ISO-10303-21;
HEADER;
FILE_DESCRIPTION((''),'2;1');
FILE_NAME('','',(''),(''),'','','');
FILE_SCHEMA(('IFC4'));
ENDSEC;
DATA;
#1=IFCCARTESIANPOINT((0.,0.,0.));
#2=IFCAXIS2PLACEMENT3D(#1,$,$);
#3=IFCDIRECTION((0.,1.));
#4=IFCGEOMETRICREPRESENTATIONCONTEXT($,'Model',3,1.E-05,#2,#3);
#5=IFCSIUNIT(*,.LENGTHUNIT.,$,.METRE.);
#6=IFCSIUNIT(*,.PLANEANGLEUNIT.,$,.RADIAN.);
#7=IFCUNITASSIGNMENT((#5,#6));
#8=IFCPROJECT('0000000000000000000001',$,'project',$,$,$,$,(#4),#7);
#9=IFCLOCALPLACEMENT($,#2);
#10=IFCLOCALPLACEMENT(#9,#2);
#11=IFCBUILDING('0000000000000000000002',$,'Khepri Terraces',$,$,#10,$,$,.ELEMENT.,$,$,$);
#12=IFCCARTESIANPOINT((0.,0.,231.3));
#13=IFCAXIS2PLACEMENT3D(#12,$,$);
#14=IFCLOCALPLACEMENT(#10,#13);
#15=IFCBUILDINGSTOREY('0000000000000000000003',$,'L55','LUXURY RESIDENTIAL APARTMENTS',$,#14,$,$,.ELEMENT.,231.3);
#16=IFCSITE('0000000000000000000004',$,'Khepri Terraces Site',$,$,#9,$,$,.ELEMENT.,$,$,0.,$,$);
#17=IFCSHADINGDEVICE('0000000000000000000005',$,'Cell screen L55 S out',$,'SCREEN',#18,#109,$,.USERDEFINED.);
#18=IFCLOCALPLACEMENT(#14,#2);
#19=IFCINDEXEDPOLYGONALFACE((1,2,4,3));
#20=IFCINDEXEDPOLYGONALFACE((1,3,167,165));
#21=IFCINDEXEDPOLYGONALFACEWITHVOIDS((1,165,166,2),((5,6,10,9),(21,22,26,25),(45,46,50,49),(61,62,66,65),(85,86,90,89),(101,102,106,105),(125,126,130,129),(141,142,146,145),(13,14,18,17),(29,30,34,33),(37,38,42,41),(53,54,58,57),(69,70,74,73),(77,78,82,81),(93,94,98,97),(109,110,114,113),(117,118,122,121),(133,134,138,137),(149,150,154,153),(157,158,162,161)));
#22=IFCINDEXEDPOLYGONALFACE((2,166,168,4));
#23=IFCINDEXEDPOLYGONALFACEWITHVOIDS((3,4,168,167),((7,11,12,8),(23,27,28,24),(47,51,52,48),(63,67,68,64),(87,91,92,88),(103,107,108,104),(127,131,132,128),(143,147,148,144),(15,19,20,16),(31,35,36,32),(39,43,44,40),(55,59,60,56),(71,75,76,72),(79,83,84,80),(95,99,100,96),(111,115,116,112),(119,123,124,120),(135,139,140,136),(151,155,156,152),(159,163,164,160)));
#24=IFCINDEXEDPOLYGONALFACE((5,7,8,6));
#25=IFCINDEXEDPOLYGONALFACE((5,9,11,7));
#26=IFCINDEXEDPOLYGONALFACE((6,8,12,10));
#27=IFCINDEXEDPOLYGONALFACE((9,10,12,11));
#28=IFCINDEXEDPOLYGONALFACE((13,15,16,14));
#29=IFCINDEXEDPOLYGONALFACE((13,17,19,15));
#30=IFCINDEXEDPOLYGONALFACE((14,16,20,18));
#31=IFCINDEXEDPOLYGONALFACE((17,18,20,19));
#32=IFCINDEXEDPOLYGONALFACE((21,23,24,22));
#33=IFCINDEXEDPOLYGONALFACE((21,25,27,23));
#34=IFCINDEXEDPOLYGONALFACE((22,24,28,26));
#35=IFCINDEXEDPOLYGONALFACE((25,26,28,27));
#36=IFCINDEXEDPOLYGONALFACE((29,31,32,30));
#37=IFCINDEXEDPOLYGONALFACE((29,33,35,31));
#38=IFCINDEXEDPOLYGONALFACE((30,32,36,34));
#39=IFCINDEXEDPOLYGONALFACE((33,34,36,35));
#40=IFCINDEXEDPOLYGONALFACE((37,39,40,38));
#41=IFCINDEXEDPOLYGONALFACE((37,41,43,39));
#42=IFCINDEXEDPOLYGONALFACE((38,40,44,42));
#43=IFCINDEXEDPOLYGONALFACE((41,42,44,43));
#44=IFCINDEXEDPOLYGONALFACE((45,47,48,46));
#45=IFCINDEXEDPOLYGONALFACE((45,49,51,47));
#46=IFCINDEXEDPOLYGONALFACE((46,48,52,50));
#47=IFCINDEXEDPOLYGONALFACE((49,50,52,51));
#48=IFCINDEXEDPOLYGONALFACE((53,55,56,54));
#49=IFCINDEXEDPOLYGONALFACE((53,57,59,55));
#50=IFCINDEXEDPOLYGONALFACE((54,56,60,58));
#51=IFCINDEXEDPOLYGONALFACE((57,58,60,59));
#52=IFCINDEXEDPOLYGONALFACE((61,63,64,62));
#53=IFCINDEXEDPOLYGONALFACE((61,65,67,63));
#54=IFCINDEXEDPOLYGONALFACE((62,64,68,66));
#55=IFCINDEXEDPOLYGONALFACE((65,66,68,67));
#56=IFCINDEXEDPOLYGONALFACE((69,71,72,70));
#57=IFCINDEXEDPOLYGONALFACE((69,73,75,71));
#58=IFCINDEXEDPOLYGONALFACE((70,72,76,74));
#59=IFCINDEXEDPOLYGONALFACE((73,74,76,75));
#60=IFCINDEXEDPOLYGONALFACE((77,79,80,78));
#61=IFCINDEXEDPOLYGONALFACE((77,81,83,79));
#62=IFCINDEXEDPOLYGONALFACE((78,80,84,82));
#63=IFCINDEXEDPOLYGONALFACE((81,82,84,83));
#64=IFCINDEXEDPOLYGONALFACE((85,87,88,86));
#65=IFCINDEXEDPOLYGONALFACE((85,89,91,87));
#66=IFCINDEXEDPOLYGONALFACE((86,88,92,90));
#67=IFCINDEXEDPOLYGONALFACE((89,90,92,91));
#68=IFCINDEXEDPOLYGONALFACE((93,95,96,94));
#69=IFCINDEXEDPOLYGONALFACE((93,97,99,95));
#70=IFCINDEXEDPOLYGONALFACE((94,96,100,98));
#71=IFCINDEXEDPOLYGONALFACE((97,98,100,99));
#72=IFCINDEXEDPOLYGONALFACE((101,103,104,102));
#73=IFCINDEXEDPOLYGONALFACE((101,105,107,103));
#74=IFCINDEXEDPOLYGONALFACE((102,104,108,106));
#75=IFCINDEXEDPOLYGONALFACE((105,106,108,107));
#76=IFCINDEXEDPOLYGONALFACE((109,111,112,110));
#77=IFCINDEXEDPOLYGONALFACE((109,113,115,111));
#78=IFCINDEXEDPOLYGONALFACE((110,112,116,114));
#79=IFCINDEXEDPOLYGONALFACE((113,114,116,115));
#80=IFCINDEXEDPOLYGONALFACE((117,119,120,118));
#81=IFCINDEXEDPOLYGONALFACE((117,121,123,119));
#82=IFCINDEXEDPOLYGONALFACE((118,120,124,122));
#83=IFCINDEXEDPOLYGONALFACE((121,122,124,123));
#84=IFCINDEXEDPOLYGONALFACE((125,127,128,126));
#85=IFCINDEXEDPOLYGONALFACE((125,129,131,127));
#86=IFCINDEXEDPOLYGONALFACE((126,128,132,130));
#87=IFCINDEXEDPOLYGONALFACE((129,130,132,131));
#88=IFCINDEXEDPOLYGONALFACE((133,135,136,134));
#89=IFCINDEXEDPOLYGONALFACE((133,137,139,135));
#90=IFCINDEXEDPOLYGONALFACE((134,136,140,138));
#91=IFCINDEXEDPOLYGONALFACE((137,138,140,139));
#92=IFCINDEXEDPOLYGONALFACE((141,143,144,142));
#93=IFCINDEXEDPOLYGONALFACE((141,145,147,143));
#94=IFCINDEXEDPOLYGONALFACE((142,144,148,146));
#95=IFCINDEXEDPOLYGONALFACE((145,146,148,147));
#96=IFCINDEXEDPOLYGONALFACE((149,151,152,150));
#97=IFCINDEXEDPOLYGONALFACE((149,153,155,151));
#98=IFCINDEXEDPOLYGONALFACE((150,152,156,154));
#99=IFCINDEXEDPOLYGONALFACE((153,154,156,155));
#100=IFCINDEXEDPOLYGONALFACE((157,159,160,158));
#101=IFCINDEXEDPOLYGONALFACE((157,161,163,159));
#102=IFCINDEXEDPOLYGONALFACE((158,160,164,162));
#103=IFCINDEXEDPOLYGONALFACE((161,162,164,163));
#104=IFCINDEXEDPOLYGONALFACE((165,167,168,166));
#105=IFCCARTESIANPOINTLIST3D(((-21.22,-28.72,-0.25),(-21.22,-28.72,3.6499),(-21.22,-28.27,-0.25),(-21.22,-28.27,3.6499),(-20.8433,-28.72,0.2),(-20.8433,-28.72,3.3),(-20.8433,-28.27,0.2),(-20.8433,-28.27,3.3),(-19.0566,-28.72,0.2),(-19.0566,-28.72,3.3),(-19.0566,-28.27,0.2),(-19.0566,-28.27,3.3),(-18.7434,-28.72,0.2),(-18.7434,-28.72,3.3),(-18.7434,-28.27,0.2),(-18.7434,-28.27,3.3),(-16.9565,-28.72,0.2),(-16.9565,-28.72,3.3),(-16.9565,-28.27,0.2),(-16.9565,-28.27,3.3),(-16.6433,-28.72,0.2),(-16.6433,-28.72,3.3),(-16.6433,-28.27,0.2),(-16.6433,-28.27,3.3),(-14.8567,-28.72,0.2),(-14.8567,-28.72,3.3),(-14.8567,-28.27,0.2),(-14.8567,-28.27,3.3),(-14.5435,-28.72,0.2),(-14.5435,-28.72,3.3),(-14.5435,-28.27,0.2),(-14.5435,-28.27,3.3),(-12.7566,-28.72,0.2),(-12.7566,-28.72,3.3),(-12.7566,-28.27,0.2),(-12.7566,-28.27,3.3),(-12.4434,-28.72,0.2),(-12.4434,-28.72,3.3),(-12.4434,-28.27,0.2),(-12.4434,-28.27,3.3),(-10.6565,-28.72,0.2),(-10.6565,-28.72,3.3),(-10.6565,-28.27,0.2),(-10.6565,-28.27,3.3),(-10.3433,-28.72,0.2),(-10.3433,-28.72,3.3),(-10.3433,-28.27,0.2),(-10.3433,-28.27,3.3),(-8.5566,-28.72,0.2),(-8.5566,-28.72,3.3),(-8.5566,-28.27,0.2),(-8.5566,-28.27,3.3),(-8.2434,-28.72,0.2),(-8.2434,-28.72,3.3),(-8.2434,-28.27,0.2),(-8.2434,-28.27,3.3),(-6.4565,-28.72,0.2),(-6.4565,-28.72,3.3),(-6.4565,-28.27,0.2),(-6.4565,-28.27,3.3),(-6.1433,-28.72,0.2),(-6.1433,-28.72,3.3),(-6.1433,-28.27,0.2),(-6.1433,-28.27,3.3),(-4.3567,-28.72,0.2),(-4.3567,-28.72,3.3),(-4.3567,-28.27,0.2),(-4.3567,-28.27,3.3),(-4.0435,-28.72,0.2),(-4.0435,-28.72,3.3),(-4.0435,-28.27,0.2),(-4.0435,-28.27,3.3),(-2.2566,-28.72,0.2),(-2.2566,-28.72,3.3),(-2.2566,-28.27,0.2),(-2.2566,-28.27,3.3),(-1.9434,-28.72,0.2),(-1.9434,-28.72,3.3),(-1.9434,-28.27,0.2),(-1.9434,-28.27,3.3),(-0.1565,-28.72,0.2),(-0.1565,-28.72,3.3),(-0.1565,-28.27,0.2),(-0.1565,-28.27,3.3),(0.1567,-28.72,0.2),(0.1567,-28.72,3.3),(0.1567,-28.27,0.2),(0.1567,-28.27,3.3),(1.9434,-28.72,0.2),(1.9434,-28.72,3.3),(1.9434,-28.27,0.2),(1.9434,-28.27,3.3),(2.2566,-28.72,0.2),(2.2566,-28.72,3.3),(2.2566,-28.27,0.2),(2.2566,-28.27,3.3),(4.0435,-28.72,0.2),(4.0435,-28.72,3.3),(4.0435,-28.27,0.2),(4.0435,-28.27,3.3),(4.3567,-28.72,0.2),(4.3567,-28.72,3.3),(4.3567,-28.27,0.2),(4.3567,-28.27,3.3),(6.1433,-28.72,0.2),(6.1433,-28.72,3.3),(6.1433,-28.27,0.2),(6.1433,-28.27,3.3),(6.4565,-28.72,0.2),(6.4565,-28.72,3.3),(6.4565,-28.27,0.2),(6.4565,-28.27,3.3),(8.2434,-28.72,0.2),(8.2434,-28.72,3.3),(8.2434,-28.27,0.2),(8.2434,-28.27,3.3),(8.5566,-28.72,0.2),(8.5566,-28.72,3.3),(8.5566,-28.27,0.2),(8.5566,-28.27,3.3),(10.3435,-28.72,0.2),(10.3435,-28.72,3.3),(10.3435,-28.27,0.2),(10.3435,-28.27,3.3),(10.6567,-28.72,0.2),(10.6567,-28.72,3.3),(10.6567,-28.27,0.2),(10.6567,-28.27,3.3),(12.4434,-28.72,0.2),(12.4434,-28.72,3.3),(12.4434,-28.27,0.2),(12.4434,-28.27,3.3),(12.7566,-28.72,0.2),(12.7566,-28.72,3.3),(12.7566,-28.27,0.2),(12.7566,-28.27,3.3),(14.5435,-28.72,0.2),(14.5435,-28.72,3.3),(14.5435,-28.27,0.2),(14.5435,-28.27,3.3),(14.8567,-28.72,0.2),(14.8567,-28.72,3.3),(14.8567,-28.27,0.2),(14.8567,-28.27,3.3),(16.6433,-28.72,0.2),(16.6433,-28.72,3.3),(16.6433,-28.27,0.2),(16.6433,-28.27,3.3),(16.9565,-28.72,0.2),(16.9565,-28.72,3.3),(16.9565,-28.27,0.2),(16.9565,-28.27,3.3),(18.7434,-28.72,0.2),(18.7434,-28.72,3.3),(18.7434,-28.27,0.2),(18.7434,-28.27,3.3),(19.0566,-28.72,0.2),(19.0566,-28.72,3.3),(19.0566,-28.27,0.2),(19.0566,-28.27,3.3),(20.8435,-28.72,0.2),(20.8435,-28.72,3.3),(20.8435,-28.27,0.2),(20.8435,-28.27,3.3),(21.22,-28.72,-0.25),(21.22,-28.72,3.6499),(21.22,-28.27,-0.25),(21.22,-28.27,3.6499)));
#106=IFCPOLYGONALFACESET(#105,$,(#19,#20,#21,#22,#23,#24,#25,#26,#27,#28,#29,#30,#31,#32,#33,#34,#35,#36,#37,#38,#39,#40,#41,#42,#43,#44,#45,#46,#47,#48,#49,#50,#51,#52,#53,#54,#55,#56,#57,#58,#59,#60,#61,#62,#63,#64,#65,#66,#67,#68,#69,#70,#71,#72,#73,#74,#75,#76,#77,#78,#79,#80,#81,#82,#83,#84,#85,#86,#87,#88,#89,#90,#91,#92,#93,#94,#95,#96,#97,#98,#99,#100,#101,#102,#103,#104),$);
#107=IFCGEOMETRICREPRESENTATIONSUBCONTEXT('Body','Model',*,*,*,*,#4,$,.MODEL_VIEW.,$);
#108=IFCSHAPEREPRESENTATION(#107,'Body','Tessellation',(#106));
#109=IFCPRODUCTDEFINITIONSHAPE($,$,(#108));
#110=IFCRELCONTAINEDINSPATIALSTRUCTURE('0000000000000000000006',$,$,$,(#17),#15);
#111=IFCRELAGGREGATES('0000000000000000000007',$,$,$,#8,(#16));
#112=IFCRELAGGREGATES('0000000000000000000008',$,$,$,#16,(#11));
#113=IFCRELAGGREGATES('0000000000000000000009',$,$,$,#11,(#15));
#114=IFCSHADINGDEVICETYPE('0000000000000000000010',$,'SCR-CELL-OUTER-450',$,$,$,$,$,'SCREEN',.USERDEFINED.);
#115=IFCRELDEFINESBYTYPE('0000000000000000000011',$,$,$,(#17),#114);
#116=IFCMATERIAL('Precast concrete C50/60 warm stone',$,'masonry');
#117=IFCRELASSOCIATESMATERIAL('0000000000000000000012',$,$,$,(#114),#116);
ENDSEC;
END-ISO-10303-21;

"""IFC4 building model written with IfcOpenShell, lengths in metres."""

from ifc_helpers import new_model, si_unit, direction, frame, origin, place, context, subcontext, project, spatial, polyline, outline, extrude, material, type_object, element, save


model = new_model("IFC4")

# Units and contexts
model_context = context("Model", 3, precision=1e-05, world=origin(), true_north=direction((0.0, 1.0)))
body_context = subcontext(model_context, "Body", "Model", "MODEL_VIEW")
ifc_project = project(units=[si_unit("LENGTHUNIT", "METRE"), si_unit("PLANEANGLEUNIT", "RADIAN")], contexts=[model_context])

# Site, building, storey
site_placement = place(None, origin())
site = spatial("IfcSite", under=ifc_project, at=site_placement, Name="Khepri Terraces Site", CompositionType="ELEMENT", RefElevation=0.0)
building_placement = place(site_placement, origin())
building = spatial("IfcBuilding", under=site, at=building_placement, Name="Khepri Terraces", CompositionType="ELEMENT")
storey_placement = place(building_placement, frame((0.0, 0.0, 231.3)))
storey = spatial("IfcBuildingStorey", under=building, at=storey_placement, Name="L55", Description="LUXURY RESIDENTIAL APARTMENTS", CompositionType="ELEMENT", Elevation=231.3)

# Shared definitions
ifc_material_1 = material(Name="Precast concrete C50/60 warm stone", Category="masonry")

# Shading device
shading_device_type_1 = type_object("IfcShadingDeviceType", Name="SCR-CELL-OUTER-450", ElementType="SCREEN", PredefinedType="USERDEFINED", material=ifc_material_1)
shading_device_1_placement = place(storey_placement, frame((-21.22, -28.27, -0.25), z_axis=(0.0, -1.0, 0.0), x_axis=(1.0, 0.0, 0.0)))
element("IfcShadingDevice", 1, at=shading_device_1_placement, inside=storey, type_object=shading_device_type_1, Name="Cell screen L55 S out", ObjectType="SCREEN", PredefinedType="USERDEFINED", context=body_context, shape_type="SweptSolid", body=[
    extrude(outline(polyline([(0.0, 0.0), (42.4399, 0.0), (42.4399, 3.8999), (0.0, 3.8999), (0.0, 0.0)]), holes=[polyline([(0.3767, 0.45), (2.1633, 0.45), (2.1633, 3.55), (0.3767, 3.55), (0.3767, 0.45)]), polyline([(2.4766, 0.45), (4.2634, 0.45), (4.2634, 3.55), (2.4766, 3.55), (2.4766, 0.45)]), polyline([(4.5767, 0.45), (6.3633, 0.45), (6.3633, 3.55), (4.5767, 3.55), (4.5767, 0.45)]), polyline([(6.6765, 0.45), (8.4634, 0.45), (8.4634, 3.55), (6.6765, 3.55), (6.6765, 0.45)]), polyline([(8.7766, 0.45), (10.5635, 0.45), (10.5635, 3.55), (8.7766, 3.55), (8.7766, 0.45)]), polyline([(10.8767, 0.45), (12.6633, 0.45), (12.6633, 3.55), (10.8767, 3.55), (10.8767, 0.45)]), polyline([(12.9766, 0.45), (14.7634, 0.45), (14.7634, 3.55), (12.9766, 3.55), (12.9766, 0.45)]), polyline([(15.0767, 0.45), (16.8633, 0.45), (16.8633, 3.55), (15.0767, 3.55), (15.0767, 0.45)]), polyline([(17.1765, 0.45), (18.9634, 0.45), (18.9634, 3.55), (17.1765, 3.55), (17.1765, 0.45)]), polyline([(19.2766, 0.45), (21.0635, 0.45), (21.0635, 3.55), (19.2766, 3.55), (19.2766, 0.45)]), polyline([(21.3767, 0.45), (23.1633, 0.45), (23.1633, 3.55), (21.3767, 3.55), (21.3767, 0.45)]), polyline([(23.4766, 0.45), (25.2634, 0.45), (25.2634, 3.55), (23.4766, 3.55), (23.4766, 0.45)]), polyline([(25.5767, 0.45), (27.3633, 0.45), (27.3633, 3.55), (25.5767, 3.55), (25.5767, 0.45)]), polyline([(27.6765, 0.45), (29.4634, 0.45), (29.4634, 3.55), (27.6765, 3.55), (27.6765, 0.45)]), polyline([(29.7766, 0.45), (31.5635, 0.45), (31.5635, 3.55), (29.7766, 3.55), (29.7766, 0.45)]), polyline([(31.8767, 0.45), (33.6633, 0.45), (33.6633, 3.55), (31.8767, 3.55), (31.8767, 0.45)]), polyline([(33.9766, 0.45), (35.7634, 0.45), (35.7634, 3.55), (33.9766, 3.55), (33.9766, 0.45)]), polyline([(36.0767, 0.45), (37.8633, 0.45), (37.8633, 3.55), (36.0767, 3.55), (36.0767, 0.45)]), polyline([(38.1765, 0.45), (39.9634, 0.45), (39.9634, 3.55), (38.1765, 3.55), (38.1765, 0.45)]), polyline([(40.2766, 0.45), (42.0635, 0.45), (42.0635, 3.55), (40.2766, 3.55), (40.2766, 0.45)])]), origin(), (0.0, 0.0, 1.0), 0.45),
])

save(model, "model.ifc")
